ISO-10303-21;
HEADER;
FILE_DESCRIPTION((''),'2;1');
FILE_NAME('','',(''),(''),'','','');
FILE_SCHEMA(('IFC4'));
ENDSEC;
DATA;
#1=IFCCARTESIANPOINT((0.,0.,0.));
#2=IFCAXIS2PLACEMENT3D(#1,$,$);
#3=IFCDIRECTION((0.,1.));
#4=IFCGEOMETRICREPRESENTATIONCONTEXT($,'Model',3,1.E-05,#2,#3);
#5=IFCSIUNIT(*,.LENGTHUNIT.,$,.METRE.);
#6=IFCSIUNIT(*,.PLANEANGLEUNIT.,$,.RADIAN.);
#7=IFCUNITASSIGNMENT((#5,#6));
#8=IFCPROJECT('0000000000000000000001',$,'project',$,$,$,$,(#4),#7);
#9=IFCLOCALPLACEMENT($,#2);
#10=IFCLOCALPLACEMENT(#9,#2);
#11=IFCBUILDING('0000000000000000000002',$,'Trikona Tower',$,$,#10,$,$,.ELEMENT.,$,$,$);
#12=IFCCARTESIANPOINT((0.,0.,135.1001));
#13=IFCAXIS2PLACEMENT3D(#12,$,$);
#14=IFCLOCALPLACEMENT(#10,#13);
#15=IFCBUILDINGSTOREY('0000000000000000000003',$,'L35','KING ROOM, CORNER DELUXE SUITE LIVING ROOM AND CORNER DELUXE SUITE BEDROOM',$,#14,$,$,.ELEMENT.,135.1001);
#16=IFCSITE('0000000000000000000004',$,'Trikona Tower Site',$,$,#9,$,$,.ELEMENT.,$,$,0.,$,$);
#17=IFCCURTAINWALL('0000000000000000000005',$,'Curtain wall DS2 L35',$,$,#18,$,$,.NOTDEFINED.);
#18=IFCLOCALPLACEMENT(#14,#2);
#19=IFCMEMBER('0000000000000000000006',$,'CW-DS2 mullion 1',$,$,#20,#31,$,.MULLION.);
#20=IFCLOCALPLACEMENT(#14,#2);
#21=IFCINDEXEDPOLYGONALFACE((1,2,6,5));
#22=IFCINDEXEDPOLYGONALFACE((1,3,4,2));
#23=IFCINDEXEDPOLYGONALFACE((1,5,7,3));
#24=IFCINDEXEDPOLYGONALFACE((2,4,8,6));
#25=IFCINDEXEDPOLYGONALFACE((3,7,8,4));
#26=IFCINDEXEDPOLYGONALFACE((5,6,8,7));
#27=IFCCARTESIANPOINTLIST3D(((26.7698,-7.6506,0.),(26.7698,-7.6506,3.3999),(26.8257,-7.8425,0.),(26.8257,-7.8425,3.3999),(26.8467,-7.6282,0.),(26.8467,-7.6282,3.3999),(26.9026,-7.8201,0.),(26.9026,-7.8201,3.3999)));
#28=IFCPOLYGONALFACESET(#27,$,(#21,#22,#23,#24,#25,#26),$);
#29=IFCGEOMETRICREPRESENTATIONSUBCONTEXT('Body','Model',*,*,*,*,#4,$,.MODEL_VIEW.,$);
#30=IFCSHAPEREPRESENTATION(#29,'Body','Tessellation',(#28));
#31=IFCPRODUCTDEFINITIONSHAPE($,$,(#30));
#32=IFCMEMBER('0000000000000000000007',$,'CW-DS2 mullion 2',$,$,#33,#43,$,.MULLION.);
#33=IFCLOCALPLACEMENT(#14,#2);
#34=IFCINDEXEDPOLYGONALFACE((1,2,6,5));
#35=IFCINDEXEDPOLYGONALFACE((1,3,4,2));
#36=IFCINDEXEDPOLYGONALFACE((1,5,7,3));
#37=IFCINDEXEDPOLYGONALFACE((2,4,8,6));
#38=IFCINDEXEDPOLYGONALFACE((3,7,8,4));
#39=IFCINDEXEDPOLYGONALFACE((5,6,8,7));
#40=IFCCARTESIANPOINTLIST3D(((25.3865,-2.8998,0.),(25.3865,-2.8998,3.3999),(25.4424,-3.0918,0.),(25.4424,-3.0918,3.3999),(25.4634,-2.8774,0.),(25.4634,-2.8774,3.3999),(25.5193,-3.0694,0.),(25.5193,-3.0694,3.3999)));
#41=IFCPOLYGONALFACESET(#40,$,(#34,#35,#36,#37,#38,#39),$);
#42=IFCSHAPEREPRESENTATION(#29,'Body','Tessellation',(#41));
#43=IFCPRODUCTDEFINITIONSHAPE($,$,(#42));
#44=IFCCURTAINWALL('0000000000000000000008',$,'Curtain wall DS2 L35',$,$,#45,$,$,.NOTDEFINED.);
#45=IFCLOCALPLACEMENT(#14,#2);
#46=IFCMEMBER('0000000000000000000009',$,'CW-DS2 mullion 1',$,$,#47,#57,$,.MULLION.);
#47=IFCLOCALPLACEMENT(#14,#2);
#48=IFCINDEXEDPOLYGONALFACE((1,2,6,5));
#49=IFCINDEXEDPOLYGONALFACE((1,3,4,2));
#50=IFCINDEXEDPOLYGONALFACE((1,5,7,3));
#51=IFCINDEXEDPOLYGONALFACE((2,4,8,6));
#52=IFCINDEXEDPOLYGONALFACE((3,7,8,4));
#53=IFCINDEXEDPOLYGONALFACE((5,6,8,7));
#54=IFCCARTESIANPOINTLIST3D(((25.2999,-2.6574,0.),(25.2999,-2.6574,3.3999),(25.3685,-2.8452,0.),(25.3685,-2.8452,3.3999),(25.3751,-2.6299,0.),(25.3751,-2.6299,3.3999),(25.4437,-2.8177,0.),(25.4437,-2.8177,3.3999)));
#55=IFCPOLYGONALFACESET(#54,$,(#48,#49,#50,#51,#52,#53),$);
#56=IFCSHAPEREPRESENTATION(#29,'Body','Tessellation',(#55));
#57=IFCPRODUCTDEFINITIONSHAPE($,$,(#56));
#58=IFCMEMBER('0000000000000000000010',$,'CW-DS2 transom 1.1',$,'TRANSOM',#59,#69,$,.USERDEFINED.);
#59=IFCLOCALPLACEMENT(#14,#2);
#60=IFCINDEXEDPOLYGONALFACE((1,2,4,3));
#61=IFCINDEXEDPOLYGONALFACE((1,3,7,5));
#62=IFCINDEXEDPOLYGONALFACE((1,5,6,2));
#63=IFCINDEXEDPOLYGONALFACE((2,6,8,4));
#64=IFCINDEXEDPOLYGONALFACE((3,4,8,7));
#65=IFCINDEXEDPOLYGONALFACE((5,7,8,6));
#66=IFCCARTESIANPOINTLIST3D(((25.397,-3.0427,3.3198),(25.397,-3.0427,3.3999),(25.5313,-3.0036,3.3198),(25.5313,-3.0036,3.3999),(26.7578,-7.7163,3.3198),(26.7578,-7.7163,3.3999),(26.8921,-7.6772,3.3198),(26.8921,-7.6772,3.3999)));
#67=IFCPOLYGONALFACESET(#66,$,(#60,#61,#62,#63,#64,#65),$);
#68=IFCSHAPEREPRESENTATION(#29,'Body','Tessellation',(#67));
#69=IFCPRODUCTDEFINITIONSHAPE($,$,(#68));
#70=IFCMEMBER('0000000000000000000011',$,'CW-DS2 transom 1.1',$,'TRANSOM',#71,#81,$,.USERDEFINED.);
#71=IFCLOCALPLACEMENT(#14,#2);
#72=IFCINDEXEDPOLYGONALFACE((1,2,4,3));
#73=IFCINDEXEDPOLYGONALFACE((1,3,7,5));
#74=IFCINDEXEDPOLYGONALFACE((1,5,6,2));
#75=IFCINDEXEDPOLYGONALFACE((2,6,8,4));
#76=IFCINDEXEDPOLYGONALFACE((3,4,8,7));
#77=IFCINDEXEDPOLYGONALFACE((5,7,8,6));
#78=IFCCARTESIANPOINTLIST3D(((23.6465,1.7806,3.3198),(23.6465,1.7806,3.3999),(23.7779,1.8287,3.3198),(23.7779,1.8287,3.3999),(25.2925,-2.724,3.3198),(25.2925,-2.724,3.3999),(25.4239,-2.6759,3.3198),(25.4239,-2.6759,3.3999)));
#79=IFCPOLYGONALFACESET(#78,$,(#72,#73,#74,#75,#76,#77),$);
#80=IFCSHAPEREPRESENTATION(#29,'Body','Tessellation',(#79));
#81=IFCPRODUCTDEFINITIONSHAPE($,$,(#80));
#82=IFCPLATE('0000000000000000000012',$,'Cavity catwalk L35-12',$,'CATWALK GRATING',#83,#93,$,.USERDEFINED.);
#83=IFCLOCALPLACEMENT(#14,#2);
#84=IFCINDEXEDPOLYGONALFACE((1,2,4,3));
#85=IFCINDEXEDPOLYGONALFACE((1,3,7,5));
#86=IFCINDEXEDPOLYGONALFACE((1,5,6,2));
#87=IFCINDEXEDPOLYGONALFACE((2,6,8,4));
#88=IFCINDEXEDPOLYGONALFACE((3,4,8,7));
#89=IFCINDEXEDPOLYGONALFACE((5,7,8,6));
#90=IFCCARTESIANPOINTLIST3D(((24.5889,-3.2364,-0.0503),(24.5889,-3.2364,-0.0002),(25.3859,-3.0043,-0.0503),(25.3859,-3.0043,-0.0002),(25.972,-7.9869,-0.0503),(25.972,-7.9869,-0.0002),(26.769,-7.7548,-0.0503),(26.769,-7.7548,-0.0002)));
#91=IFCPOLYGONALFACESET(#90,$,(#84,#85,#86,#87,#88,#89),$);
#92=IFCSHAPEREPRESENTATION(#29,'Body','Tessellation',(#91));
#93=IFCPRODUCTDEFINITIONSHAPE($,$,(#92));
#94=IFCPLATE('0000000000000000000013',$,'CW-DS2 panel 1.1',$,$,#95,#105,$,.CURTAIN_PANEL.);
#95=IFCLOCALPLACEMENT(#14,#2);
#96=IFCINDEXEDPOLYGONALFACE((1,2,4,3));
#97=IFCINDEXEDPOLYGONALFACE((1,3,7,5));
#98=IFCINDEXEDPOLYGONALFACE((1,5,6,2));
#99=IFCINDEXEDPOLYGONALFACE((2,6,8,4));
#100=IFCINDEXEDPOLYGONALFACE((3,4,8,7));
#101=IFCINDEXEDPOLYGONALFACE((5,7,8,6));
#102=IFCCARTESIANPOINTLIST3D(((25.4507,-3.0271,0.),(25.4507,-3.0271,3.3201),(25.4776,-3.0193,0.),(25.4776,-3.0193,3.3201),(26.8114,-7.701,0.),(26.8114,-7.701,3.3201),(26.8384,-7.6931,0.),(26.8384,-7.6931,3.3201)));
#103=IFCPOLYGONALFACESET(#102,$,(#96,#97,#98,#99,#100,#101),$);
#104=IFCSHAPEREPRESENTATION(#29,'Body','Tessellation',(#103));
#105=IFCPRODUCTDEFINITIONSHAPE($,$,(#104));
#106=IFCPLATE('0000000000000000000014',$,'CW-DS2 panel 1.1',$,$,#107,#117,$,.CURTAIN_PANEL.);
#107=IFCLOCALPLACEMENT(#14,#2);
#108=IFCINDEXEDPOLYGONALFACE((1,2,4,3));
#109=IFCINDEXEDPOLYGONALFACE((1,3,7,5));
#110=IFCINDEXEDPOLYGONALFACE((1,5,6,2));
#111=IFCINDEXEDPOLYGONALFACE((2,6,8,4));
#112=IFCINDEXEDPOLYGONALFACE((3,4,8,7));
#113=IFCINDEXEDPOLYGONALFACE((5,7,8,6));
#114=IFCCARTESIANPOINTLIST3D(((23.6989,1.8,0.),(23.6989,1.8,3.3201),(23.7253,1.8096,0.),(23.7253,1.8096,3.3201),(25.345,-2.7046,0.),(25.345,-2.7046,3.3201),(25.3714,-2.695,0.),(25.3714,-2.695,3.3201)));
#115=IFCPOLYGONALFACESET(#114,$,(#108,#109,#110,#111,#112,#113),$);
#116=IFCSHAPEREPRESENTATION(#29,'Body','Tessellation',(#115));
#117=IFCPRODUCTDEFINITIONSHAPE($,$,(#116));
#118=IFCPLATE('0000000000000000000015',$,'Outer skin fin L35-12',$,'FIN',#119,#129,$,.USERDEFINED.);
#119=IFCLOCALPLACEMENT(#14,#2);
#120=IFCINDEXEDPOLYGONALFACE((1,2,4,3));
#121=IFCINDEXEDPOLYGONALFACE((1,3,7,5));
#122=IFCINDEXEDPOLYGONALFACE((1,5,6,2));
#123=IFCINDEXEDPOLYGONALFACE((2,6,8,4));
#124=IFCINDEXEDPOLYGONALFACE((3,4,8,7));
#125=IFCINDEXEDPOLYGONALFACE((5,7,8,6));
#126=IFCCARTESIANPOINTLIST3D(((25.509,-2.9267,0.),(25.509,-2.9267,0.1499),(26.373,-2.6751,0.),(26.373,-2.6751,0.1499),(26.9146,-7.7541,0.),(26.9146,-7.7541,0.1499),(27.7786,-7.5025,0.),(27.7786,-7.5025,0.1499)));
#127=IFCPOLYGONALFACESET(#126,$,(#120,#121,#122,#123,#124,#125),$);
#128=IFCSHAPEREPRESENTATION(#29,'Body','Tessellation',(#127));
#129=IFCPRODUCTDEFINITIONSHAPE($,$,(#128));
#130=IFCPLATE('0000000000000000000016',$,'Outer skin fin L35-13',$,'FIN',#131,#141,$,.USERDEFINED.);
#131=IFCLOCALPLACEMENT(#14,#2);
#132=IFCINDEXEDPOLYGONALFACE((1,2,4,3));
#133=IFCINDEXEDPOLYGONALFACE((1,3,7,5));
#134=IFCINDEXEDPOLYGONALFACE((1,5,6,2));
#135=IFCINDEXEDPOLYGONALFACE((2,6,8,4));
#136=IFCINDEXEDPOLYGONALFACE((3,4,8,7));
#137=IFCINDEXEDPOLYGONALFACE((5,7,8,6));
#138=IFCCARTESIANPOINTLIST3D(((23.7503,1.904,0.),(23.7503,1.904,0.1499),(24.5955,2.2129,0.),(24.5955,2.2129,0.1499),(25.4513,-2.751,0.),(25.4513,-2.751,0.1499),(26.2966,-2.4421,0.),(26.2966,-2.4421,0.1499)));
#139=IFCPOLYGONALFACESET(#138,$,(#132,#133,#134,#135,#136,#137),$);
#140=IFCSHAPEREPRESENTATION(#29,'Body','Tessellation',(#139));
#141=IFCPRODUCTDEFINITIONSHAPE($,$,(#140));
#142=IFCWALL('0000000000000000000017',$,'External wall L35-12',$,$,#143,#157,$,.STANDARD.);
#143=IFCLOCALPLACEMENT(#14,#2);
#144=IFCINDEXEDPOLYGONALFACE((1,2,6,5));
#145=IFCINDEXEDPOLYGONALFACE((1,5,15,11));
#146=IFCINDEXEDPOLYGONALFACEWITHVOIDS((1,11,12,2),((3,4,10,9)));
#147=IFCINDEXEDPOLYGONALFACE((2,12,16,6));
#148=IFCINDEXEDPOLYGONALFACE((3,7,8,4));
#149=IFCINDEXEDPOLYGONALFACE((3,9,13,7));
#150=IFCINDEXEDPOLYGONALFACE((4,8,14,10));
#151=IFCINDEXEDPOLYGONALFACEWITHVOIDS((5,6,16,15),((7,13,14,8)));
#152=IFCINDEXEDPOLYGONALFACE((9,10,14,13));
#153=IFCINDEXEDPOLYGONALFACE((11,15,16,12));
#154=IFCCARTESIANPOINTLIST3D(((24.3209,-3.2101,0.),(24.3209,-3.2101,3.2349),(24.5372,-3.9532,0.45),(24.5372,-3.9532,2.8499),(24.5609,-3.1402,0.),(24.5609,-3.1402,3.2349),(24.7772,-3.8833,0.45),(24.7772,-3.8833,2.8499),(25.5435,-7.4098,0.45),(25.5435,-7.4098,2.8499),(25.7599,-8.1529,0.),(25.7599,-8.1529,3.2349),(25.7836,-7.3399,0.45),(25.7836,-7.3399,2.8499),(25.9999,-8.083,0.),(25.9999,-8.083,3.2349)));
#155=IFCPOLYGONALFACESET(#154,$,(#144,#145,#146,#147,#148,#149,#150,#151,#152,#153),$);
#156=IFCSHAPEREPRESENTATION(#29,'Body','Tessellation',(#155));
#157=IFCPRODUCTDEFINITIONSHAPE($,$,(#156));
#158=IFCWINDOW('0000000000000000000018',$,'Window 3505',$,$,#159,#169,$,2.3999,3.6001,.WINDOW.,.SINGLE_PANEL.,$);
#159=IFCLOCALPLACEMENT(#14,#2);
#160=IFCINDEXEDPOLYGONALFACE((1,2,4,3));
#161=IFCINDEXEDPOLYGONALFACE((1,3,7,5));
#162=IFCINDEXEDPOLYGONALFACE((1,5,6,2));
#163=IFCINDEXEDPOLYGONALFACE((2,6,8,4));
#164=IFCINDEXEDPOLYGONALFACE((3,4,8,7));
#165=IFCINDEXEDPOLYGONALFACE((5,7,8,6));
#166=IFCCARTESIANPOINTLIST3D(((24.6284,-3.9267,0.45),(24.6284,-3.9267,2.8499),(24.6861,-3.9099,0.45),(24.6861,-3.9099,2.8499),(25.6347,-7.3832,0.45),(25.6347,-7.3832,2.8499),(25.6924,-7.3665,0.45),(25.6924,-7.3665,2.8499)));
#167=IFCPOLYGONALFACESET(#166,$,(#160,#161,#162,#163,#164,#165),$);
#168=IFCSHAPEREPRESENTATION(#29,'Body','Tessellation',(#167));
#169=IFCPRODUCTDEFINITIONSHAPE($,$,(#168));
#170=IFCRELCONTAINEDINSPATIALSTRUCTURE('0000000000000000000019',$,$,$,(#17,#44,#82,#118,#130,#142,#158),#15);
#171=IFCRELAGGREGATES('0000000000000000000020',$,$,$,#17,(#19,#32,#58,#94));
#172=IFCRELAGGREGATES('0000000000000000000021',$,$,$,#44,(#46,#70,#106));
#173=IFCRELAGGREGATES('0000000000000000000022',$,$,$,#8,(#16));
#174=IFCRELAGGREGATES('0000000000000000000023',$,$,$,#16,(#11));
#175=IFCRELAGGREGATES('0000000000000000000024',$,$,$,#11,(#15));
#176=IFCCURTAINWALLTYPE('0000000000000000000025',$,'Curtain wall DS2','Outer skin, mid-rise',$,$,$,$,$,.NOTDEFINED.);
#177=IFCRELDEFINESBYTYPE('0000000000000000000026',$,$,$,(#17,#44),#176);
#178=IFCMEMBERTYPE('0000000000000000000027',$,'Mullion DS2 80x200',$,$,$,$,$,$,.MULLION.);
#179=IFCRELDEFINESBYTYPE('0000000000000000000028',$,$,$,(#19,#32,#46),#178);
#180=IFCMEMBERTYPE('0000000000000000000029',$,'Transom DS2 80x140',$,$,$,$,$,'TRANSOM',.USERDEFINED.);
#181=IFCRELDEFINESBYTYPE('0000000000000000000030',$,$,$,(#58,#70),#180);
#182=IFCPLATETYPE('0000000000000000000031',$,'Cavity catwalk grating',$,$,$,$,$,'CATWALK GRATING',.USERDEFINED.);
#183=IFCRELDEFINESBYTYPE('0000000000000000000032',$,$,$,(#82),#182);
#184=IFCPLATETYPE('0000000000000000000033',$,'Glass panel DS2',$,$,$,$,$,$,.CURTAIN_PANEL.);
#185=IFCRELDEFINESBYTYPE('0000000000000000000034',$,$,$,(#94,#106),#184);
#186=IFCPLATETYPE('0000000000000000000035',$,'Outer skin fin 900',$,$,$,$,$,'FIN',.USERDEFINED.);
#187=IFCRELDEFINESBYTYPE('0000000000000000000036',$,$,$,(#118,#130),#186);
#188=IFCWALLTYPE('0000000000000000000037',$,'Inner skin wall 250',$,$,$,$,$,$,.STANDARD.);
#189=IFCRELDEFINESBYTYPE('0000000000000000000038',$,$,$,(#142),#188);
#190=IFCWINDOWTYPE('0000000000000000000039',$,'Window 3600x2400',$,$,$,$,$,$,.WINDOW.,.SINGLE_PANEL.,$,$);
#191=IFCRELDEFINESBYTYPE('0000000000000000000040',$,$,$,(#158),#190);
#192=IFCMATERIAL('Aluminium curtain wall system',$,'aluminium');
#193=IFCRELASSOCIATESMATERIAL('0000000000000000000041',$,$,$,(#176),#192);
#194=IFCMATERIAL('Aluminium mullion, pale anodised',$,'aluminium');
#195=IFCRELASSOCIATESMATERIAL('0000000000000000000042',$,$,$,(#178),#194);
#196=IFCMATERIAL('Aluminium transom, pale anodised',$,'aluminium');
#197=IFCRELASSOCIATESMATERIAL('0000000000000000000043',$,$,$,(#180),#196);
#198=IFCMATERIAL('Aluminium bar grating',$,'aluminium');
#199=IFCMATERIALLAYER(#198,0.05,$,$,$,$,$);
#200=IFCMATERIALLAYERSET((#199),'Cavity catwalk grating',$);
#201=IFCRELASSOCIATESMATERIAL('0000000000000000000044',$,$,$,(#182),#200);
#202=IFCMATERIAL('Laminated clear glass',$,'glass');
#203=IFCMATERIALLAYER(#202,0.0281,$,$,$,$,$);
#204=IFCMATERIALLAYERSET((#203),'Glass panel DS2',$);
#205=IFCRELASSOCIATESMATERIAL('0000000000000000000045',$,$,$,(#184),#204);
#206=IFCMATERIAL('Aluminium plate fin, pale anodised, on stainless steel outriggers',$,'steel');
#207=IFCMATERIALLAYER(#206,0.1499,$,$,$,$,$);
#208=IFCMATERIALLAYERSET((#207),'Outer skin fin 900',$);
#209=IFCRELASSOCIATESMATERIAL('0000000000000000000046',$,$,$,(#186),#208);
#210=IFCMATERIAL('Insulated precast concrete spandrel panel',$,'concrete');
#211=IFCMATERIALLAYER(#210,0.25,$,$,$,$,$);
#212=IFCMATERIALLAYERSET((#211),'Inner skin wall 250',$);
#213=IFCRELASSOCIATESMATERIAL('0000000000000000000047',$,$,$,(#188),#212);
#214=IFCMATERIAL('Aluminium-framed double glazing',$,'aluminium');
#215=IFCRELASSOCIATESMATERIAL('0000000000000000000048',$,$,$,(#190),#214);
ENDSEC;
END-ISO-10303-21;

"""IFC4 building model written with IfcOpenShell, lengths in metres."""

from ifc_helpers import new_model, si_unit, direction, frame, frame_2d, origin, origin_2d, place, context, subcontext, project, spatial, rectangle, extrude, material, layer, layer_set, material_profile, profile_set, type_object, element, fill, aggregate, save


model = new_model("IFC4")

# Units and contexts
model_context = context("Model", 3, precision=1e-05, world=origin(), true_north=direction((0.0, 1.0)))
body_context = subcontext(model_context, "Body", "Model", "MODEL_VIEW")
ifc_project = project(units=[si_unit("LENGTHUNIT", "METRE"), si_unit("PLANEANGLEUNIT", "RADIAN")], contexts=[model_context])

# Site, building, storey
site_placement = place(None, origin())
site = spatial("IfcSite", under=ifc_project, at=site_placement, Name="Trikona Tower Site", CompositionType="ELEMENT", RefElevation=0.0)
building_placement = place(site_placement, origin())
building = spatial("IfcBuilding", under=site, at=building_placement, Name="Trikona Tower", CompositionType="ELEMENT")
storey_placement = place(building_placement, frame((0.0, 0.0, 135.1001)))
storey = spatial("IfcBuildingStorey", under=building, at=storey_placement, Name="L35", Description="KING ROOM, CORNER DELUXE SUITE LIVING ROOM AND CORNER DELUXE SUITE BEDROOM", CompositionType="ELEMENT", Elevation=135.1001)

# Curtain wall, members
ifc_material_1 = material(Name="Aluminium curtain wall system", Category="aluminium")
curtain_wall_type = type_object("IfcCurtainWallType", Name="Curtain wall DS2", Description="Outer skin, mid-rise", PredefinedType="NOTDEFINED", material=ifc_material_1)
curtain_wall_1_placement = place(storey_placement, origin())
curtain_wall_1 = element("IfcCurtainWall", 1, at=curtain_wall_1_placement, inside=storey, type_object=curtain_wall_type, Name="Curtain wall DS2 L35", PredefinedType="NOTDEFINED")
ifc_material_2 = material(Name="Aluminium mullion, pale anodised", Category="aluminium")
ifc_material_profile_1 = material_profile(ifc_material_2, rectangle(XDim=0.0801, YDim=0.2, at=origin_2d()), Name="MUL-DS2")
ifc_profile_set_1 = profile_set([ifc_material_profile_1], Name="Aluminium mullion, pale anodised")
member_type_1 = type_object("IfcMemberType", Name="Mullion DS2 80x200", PredefinedType="MULLION", material=ifc_profile_set_1)
member_1_placement = place(storey_placement, frame((26.8362, -7.7354, 0.0), z_axis=(0.0, 0.0, 1.0), x_axis=(-0.960133, -0.279543, 0.0)))
member_1 = element("IfcMember", 2, at=member_1_placement, type_object=member_type_1, Name="CW-DS2 mullion 1", PredefinedType="MULLION", context=body_context, shape_type="SweptSolid", body=[
    extrude(rectangle(XDim=0.0801, YDim=0.2, at=origin_2d()), origin(), (0.0, 0.0, 1.0), 3.3999),
])
member_2_placement = place(storey_placement, frame((25.4529, -2.9846, 0.0), z_axis=(0.0, 0.0, 1.0), x_axis=(-0.960133, -0.279543, 0.0)))
member_2 = element("IfcMember", 3, at=member_2_placement, type_object=member_type_1, Name="CW-DS2 mullion 2", PredefinedType="MULLION", context=body_context, shape_type="SweptSolid", body=[
    extrude(rectangle(XDim=0.0801, YDim=0.2, at=origin_2d()), origin(), (0.0, 0.0, 1.0), 3.3999),
])

# Curtain wall, member
curtain_wall_2_placement = place(storey_placement, origin())
curtain_wall_2 = element("IfcCurtainWall", 4, at=curtain_wall_2_placement, inside=storey, type_object=curtain_wall_type, Name="Curtain wall DS2 L35", PredefinedType="NOTDEFINED")
member_3_placement = place(storey_placement, frame((25.3718, -2.7375, 0.0), z_axis=(0.0, 0.0, 1.0), x_axis=(-0.939254, -0.343223, 0.0)))
member_3 = element("IfcMember", 5, at=member_3_placement, type_object=member_type_1, Name="CW-DS2 mullion 1", PredefinedType="MULLION", context=body_context, shape_type="SweptSolid", body=[
    extrude(rectangle(XDim=0.0801, YDim=0.2, at=origin_2d()), origin(), (0.0, 0.0, 1.0), 3.3999),
])

# Members
ifc_material_3 = material(Name="Aluminium transom, pale anodised", Category="aluminium")
ifc_material_profile_2 = material_profile(ifc_material_3, rectangle(XDim=0.1399, YDim=0.0801, at=origin_2d()), Name="TRN-DS2")
ifc_profile_set_2 = profile_set([ifc_material_profile_2], Name="Aluminium transom, pale anodised")
member_type_2 = type_object("IfcMemberType", Name="Transom DS2 80x140", ElementType="TRANSOM", PredefinedType="USERDEFINED", material=ifc_profile_set_2)
member_4_placement = place(storey_placement, frame((26.825, -7.6968, 3.3599), z_axis=(-0.279567, 0.960126, 0.0), x_axis=(-0.960126, -0.279567, 0.0)))
member_4 = element("IfcMember", 6, at=member_4_placement, type_object=member_type_2, Name="CW-DS2 transom 1.1", ObjectType="TRANSOM", PredefinedType="USERDEFINED", context=body_context, shape_type="SweptSolid", body=[
    extrude(rectangle(XDim=0.1399, YDim=0.0801, at=origin_2d()), origin(), (0.0, 0.0, 1.0), 4.8677),
])
member_5_placement = place(storey_placement, frame((25.3582, -2.7, 3.3599), z_axis=(-0.343206, 0.93926, 0.0), x_axis=(-0.93926, -0.343206, 0.0)))
member_5 = element("IfcMember", 7, at=member_5_placement, type_object=member_type_2, Name="CW-DS2 transom 1.1", ObjectType="TRANSOM", PredefinedType="USERDEFINED", context=body_context, shape_type="SweptSolid", body=[
    extrude(rectangle(XDim=0.1399, YDim=0.0801, at=origin_2d()), origin(), (0.0, 0.0, 1.0), 4.7959),
])

# Plates
ifc_material_4 = material(Name="Aluminium bar grating", Category="aluminium")
ifc_layer_1 = layer(ifc_material_4, 0.05)
ifc_layer_set_1 = layer_set([ifc_layer_1], Name="Cavity catwalk grating")
plate_type_1 = type_object("IfcPlateType", Name="Cavity catwalk grating", ElementType="CATWALK GRATING", PredefinedType="USERDEFINED", material=ifc_layer_set_1)
plate_1_placement = place(storey_placement, frame((25.679, -5.4956, -0.0503), z_axis=(0.0, 0.0, 1.0), x_axis=(-0.279554, 0.96013, 0.0)))
element("IfcPlate", 8, at=plate_1_placement, inside=storey, type_object=plate_type_1, Name="Cavity catwalk L35-12", ObjectType="CATWALK GRATING", PredefinedType="USERDEFINED", context=body_context, shape_type="SweptSolid", body=[
    extrude(rectangle(XDim=4.9478, YDim=0.8301, at=origin_2d()), origin(), (0.0, 0.0, 1.0), 0.05),
])
ifc_material_5 = material(Name="Laminated clear glass", Category="glass")
ifc_layer_2 = layer(ifc_material_5, 0.0281)
ifc_layer_set_2 = layer_set([ifc_layer_2], Name="Glass panel DS2")
plate_type_2 = type_object("IfcPlateType", Name="Glass panel DS2", PredefinedType="CURTAIN_PANEL", material=ifc_layer_set_2)
plate_2_placement = place(storey_placement, frame((26.1445, -5.3601, 0.0), z_axis=(0.0, 0.0, 1.0), x_axis=(-0.279543, 0.960133, 0.0)))
plate_2 = element("IfcPlate", 9, at=plate_2_placement, type_object=plate_type_2, Name="CW-DS2 panel 1.1", PredefinedType="CURTAIN_PANEL", context=body_context, shape_type="SweptSolid", body=[
    extrude(rectangle(XDim=4.8679, YDim=0.0281, at=origin_2d()), origin(), (0.0, 0.0, 1.0), 3.3201),
])
aggregate(curtain_wall_1, [member_1, member_2, member_4, plate_2])
plate_3_placement = place(storey_placement, frame((24.5352, -0.4475, 0.0), z_axis=(0.0, 0.0, 1.0), x_axis=(-0.343223, 0.939254, 0.0)))
plate_3 = element("IfcPlate", 10, at=plate_3_placement, type_object=plate_type_2, Name="CW-DS2 panel 1.1", PredefinedType="CURTAIN_PANEL", context=body_context, shape_type="SweptSolid", body=[
    extrude(rectangle(XDim=4.7959, YDim=0.0281, at=origin_2d()), origin(), (0.0, 0.0, 1.0), 3.3201),
])
aggregate(curtain_wall_2, [member_3, member_5, plate_3])

# Plates
ifc_material_6 = material(Name="Aluminium plate fin, pale anodised, on stainless steel outriggers", Category="steel")
ifc_layer_3 = layer(ifc_material_6, 0.1499)
ifc_layer_set_3 = layer_set([ifc_layer_3], Name="Outer skin fin 900")
plate_type_3 = type_object("IfcPlateType", Name="Outer skin fin 900", ElementType="FIN", PredefinedType="USERDEFINED", material=ifc_layer_set_3)
plate_4_placement = place(storey_placement, frame((26.6438, -5.2146, 0.0), z_axis=(0.0, 0.0, 1.0), x_axis=(-0.279554, 0.96013, 0.0)))
element("IfcPlate", 11, at=plate_4_placement, inside=storey, type_object=plate_type_3, Name="Outer skin fin L35-12", ObjectType="FIN", PredefinedType="USERDEFINED", context=body_context, shape_type="SweptSolid", body=[
    extrude(rectangle(XDim=5.0278, YDim=0.8999, at=origin_2d()), origin(), (0.0, 0.0, 1.0), 0.1499),
])
plate_5_placement = place(storey_placement, frame((25.0234, -0.269, 0.0), z_axis=(0.0, 0.0, 1.0), x_axis=(-0.34322, 0.939255, 0.0)))
element("IfcPlate", 12, at=plate_5_placement, inside=storey, type_object=plate_type_3, Name="Outer skin fin L35-13", ObjectType="FIN", PredefinedType="USERDEFINED", context=body_context, shape_type="SweptSolid", body=[
    extrude(rectangle(XDim=4.9561, YDim=0.8999, at=origin_2d()), origin(), (0.0, 0.0, 1.0), 0.1499),
])

# Wall, opening, window
ifc_material_7 = material(Name="Insulated precast concrete spandrel panel", Category="concrete")
ifc_layer_4 = layer(ifc_material_7, 0.25)
ifc_layer_set_4 = layer_set([ifc_layer_4], Name="Inner skin wall 250")
wall_type = type_object("IfcWallType", Name="Inner skin wall 250", PredefinedType="STANDARD", material=ifc_layer_set_4)
wall_1_placement = place(storey_placement, frame((25.8799, -8.1179, 0.0), z_axis=(0.0, 0.0, 1.0), x_axis=(-0.279528, 0.960137, 0.0)))
wall_1 = element("IfcWall", 13, at=wall_1_placement, inside=storey, type_object=wall_type, Name="External wall L35-12", PredefinedType="STANDARD", context=body_context, shape_type="SweptSolid", body=[
    extrude(rectangle(XDim=5.1479, YDim=0.25, at=frame_2d((2.574, 0.0))), origin(), (0.0, 0.0, 1.0), 3.2349),
])
opening_1_placement = place(wall_1_placement, frame((0.7739, 0.0, 0.45)))
opening_1 = element("IfcOpeningElement", 14, at=opening_1_placement, cuts=wall_1, PredefinedType="OPENING", context=body_context, shape_type="SweptSolid", body=[
    extrude(rectangle(XDim=3.6001, YDim=2.3999, at=frame_2d((1.8, 1.2))), frame((0.0, 0.135, 0.0), z_axis=(0.0, -1.0, 0.0), x_axis=(1.0, 0.0, 0.0)), (0.0, 0.0, 1.0), 0.27),
])
ifc_material_8 = material(Name="Aluminium-framed double glazing", Category="aluminium")
window_type = type_object("IfcWindowType", Name="Window 3600x2400", PartitioningType="SINGLE_PANEL", PredefinedType="WINDOW", material=ifc_material_8)
window_1_placement = place(opening_1_placement, origin())
window_1 = element("IfcWindow", 15, at=window_1_placement, inside=storey, type_object=window_type, Name="Window 3505", OverallHeight=2.3999, OverallWidth=3.6001, PartitioningType="SINGLE_PANEL", PredefinedType="WINDOW", context=body_context, shape_type="SweptSolid", body=[
    extrude(rectangle(XDim=3.6001, YDim=2.3999, at=frame_2d((1.8, 1.2))), frame((0.0, 0.03, 0.0), z_axis=(0.0, -1.0, 0.0), x_axis=(1.0, 0.0, 0.0)), (0.0, 0.0, 1.0), 0.0601),
])
fill(opening_1, window_1)

save(model, "model.ifc")
